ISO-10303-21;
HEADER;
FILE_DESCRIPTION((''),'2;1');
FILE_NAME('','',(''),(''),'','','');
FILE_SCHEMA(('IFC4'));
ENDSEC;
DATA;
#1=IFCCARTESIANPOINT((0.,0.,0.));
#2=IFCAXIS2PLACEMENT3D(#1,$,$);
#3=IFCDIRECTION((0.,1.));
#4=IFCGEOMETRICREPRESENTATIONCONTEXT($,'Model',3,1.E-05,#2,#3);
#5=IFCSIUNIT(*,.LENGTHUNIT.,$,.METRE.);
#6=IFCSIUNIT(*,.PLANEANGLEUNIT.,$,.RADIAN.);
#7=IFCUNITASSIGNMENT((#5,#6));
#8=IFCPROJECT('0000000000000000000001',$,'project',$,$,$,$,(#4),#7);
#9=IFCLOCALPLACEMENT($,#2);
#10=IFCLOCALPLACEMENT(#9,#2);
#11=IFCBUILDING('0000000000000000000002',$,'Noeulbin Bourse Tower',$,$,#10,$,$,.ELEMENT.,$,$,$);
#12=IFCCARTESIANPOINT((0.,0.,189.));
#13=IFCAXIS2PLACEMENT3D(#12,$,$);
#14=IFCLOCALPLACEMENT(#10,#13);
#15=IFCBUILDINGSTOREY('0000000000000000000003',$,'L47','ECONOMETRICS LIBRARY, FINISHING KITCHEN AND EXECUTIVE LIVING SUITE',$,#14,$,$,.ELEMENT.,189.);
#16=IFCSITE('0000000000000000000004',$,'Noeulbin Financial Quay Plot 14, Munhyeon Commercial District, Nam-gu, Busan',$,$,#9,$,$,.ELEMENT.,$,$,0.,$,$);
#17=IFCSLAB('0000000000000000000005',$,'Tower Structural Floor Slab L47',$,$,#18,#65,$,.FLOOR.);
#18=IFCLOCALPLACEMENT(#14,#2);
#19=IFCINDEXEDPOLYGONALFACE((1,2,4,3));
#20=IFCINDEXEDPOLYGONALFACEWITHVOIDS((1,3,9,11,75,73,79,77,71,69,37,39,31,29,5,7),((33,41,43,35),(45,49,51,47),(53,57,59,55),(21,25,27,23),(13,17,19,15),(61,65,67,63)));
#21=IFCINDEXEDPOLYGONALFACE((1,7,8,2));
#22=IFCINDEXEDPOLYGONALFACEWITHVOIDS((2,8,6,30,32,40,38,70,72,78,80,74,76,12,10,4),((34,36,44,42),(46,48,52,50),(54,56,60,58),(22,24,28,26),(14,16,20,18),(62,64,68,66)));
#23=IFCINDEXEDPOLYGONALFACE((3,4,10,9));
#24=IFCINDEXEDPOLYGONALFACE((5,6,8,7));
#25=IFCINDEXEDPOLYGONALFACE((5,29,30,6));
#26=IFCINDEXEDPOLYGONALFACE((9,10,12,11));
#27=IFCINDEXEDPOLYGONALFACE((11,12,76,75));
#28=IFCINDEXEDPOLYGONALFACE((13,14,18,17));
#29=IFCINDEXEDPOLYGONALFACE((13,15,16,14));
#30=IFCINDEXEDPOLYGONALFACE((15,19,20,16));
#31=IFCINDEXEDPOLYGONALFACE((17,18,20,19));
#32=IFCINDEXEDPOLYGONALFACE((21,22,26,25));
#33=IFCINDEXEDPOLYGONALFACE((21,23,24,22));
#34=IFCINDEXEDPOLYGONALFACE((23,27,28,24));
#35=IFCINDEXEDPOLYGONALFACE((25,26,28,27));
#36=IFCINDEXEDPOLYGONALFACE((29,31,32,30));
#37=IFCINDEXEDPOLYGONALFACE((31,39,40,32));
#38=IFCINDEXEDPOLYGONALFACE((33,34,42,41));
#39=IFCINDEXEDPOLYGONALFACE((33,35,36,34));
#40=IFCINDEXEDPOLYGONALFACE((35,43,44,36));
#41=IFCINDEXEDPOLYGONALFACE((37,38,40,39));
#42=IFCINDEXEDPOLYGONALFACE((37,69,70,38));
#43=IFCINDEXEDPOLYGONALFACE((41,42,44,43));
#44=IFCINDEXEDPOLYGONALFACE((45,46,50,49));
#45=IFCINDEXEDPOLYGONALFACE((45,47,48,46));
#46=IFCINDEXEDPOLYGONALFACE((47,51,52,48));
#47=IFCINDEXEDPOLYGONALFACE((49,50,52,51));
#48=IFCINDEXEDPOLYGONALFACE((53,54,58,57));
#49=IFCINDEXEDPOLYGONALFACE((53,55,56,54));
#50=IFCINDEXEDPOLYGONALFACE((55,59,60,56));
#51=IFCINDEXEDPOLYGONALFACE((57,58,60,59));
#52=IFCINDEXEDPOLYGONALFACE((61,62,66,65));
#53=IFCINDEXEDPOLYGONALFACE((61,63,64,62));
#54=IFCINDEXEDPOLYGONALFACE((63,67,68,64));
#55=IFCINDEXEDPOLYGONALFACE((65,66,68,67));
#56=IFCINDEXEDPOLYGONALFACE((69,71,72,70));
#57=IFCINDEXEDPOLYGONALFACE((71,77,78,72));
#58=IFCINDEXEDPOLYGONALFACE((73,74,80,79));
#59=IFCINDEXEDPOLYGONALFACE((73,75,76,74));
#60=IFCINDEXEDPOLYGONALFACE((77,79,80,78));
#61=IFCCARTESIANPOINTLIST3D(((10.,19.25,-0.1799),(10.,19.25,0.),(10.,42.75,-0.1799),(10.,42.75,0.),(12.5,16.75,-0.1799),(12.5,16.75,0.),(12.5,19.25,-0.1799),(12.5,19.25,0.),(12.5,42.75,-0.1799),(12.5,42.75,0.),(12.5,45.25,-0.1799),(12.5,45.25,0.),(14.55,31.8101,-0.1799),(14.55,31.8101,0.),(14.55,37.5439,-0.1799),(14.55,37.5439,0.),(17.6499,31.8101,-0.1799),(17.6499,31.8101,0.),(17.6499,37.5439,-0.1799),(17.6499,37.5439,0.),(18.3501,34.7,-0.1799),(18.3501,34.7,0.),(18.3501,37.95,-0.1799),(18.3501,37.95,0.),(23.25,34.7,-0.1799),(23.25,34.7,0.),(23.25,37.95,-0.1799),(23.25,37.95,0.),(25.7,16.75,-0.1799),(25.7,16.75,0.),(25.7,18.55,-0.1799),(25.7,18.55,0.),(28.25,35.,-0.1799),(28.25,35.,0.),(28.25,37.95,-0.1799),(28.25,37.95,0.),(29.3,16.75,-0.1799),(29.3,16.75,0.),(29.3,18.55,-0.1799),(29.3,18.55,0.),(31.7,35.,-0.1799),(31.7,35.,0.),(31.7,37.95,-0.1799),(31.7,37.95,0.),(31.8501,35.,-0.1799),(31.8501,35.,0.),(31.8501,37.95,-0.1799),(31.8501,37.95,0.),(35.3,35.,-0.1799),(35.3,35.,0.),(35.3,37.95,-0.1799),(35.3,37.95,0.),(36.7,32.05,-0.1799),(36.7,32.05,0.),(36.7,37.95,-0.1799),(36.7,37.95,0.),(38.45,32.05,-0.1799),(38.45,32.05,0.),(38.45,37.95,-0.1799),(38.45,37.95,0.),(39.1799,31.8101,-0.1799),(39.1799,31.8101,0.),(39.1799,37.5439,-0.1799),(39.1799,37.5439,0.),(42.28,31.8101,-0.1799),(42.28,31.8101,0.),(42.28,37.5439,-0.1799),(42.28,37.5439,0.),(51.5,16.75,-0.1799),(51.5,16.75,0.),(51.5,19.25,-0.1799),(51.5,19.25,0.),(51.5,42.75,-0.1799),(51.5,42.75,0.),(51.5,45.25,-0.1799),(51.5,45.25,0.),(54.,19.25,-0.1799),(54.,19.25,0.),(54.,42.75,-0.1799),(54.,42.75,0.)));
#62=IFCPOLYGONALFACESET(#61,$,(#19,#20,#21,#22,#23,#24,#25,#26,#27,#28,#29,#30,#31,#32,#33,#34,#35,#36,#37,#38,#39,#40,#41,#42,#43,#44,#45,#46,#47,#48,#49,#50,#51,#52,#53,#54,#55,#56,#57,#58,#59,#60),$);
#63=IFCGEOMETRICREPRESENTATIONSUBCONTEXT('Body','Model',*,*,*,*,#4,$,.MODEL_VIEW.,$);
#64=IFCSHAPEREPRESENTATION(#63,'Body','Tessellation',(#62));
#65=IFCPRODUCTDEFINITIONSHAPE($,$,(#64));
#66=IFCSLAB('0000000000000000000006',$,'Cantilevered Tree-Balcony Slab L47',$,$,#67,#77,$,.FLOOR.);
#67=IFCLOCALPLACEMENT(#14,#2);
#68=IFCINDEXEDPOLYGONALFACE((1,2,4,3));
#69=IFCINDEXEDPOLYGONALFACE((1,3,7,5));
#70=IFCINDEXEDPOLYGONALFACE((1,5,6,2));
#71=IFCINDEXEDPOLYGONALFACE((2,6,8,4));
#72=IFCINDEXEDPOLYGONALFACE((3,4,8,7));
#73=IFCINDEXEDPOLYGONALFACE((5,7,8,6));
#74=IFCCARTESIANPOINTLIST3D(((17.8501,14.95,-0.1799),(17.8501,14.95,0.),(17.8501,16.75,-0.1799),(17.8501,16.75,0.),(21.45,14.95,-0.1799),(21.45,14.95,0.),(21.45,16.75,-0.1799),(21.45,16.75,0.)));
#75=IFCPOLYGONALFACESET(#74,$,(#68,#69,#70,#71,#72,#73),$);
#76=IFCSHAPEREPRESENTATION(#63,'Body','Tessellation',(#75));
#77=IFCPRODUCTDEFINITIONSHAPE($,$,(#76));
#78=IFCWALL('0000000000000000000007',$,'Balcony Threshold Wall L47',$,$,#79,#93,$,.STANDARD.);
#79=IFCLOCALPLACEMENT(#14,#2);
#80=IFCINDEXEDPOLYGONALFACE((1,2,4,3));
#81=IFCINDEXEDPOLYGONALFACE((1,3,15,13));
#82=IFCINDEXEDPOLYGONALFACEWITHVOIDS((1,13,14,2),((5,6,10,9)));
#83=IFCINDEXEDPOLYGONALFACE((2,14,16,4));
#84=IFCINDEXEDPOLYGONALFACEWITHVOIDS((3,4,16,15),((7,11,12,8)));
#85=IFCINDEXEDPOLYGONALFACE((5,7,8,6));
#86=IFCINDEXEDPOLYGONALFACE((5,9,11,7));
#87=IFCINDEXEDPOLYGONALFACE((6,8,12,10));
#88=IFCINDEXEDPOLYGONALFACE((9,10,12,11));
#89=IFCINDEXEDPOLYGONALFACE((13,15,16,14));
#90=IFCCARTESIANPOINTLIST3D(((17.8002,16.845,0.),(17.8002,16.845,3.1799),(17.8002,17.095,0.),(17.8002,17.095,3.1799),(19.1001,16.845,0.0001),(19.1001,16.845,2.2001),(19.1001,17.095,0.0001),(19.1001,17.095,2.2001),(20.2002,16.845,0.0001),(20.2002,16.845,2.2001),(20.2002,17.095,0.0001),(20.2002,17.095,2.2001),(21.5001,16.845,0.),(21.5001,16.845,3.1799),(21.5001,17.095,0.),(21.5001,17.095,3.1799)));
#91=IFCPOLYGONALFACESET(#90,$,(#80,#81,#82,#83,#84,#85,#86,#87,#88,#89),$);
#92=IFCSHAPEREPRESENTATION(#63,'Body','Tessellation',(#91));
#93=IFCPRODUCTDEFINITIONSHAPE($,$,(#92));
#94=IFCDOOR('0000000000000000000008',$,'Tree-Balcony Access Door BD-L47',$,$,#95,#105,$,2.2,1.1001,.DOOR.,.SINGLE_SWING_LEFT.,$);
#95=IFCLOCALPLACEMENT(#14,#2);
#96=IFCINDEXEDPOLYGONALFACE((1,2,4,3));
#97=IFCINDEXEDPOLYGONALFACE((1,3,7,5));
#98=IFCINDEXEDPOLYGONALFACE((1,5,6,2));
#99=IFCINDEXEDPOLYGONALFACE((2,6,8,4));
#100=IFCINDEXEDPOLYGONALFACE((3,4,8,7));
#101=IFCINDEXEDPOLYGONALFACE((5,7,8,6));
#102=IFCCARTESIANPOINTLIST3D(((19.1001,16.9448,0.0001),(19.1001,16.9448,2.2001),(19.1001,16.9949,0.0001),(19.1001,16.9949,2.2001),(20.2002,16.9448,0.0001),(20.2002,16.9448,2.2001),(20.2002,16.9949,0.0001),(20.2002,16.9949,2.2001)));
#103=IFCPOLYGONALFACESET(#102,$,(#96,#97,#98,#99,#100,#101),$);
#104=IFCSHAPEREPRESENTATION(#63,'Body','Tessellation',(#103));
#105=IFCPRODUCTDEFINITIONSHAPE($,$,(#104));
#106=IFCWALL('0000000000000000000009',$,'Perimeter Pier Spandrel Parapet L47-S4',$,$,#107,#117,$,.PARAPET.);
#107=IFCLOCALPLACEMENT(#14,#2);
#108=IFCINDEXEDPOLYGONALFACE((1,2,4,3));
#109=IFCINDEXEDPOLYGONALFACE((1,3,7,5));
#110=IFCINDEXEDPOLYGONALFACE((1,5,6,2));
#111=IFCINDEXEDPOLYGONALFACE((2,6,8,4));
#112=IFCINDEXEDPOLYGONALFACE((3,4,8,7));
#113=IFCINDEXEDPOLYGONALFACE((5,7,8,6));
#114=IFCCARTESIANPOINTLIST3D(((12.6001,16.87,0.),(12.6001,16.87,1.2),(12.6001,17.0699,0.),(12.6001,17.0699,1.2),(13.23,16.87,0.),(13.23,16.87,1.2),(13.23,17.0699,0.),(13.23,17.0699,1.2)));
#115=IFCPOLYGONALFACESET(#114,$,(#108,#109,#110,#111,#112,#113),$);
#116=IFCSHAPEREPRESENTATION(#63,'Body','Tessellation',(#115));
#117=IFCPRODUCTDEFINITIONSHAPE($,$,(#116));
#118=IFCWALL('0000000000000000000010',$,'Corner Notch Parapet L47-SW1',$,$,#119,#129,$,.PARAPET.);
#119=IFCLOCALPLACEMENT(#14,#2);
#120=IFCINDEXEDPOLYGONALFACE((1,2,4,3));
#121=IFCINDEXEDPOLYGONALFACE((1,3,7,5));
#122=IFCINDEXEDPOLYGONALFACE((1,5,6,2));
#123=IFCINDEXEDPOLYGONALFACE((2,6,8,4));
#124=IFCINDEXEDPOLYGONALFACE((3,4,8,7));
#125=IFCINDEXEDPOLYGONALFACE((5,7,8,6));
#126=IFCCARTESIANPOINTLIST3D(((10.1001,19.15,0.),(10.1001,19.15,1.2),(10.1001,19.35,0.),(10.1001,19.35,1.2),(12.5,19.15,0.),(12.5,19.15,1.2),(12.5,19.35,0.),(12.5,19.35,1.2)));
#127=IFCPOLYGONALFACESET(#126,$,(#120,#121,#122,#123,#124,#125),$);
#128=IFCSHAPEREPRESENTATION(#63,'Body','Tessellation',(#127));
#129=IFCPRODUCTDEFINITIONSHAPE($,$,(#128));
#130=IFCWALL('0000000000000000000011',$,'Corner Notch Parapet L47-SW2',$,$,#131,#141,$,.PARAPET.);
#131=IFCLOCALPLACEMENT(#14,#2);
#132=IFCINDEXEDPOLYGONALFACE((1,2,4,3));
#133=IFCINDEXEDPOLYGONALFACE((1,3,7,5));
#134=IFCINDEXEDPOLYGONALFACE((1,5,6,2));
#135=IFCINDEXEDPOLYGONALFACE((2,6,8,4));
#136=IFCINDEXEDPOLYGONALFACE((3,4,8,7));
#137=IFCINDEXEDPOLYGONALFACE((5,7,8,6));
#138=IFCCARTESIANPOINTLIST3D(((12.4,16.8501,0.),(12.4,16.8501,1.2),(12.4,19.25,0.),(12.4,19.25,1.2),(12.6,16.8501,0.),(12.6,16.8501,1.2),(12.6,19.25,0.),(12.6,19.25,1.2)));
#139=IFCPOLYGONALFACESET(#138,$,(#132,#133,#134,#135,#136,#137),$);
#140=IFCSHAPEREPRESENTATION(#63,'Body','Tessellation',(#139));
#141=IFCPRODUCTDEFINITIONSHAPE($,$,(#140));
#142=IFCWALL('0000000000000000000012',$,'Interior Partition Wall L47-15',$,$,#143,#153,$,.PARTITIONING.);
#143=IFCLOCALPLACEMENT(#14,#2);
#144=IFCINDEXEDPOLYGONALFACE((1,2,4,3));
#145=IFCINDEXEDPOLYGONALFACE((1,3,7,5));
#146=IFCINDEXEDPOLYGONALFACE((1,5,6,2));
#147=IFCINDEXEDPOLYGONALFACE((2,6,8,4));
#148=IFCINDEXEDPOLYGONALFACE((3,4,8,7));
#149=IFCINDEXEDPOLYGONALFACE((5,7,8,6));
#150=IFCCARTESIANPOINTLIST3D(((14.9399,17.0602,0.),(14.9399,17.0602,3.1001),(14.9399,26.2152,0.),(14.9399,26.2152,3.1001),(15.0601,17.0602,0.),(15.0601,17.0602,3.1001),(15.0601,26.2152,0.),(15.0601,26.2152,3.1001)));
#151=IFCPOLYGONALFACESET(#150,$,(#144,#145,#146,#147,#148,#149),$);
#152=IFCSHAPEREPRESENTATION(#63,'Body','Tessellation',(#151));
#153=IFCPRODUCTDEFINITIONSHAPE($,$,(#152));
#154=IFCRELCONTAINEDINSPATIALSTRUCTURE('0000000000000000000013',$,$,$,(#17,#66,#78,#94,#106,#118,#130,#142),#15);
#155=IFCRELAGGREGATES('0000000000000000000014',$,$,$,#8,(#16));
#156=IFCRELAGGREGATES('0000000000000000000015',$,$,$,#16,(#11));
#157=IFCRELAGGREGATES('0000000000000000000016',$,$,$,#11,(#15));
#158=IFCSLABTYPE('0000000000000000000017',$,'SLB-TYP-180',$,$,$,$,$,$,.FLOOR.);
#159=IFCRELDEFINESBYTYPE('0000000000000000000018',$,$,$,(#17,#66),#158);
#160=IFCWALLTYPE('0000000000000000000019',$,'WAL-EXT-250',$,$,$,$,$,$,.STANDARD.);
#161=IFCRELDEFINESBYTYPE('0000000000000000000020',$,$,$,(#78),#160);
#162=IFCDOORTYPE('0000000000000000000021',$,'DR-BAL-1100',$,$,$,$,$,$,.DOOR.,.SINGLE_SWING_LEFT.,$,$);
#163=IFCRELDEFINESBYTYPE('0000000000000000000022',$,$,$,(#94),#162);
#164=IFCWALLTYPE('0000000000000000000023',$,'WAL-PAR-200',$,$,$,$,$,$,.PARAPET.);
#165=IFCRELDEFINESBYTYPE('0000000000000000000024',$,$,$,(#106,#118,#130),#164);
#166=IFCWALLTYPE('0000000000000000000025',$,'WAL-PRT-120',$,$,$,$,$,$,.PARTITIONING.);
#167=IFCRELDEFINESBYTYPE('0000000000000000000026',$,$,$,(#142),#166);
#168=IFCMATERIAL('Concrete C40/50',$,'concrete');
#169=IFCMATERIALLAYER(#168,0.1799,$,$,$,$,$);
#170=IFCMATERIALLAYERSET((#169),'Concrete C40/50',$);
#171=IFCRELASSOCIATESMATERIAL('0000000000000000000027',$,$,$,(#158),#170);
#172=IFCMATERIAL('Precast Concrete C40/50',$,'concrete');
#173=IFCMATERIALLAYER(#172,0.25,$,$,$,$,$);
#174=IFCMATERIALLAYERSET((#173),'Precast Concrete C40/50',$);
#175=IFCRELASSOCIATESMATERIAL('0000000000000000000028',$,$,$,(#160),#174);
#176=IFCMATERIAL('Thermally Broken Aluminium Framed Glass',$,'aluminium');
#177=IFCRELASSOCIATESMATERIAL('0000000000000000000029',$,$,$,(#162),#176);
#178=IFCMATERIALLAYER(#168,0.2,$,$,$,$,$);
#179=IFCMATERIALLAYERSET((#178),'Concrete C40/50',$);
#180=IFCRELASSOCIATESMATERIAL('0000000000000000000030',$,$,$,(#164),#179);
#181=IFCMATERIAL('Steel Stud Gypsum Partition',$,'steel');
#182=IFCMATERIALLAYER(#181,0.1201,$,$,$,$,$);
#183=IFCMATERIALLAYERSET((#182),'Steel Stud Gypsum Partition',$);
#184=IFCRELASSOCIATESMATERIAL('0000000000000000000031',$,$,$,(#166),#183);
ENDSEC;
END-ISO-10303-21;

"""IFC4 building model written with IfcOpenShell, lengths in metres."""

from ifc_helpers import new_model, si_unit, direction, frame, frame_2d, origin, place, context, subcontext, project, spatial, polyline, rectangle, outline, extrude, material, layer, layer_set, type_object, element, fill, save


model = new_model("IFC4")

# Units and contexts
model_context = context("Model", 3, precision=1e-05, world=origin(), true_north=direction((0.0, 1.0)))
body_context = subcontext(model_context, "Body", "Model", "MODEL_VIEW")
ifc_project = project(units=[si_unit("LENGTHUNIT", "METRE"), si_unit("PLANEANGLEUNIT", "RADIAN")], contexts=[model_context])

# Site, building, storey
site_placement = place(None, origin())
site = spatial("IfcSite", under=ifc_project, at=site_placement, Name="Noeulbin Financial Quay Plot 14, Munhyeon Commercial District, Nam-gu, Busan", CompositionType="ELEMENT", RefElevation=0.0)
building_placement = place(site_placement, origin())
building = spatial("IfcBuilding", under=site, at=building_placement, Name="Noeulbin Bourse Tower", CompositionType="ELEMENT")
storey_placement = place(building_placement, frame((0.0, 0.0, 189.0)))
storey = spatial("IfcBuildingStorey", under=building, at=storey_placement, Name="L47", Description="ECONOMETRICS LIBRARY, FINISHING KITCHEN AND EXECUTIVE LIVING SUITE", CompositionType="ELEMENT", Elevation=189.0)

# Shared definitions
ifc_material_1 = material(Name="Concrete C40/50", Category="concrete")

# Slab, openings
ifc_layer_1 = layer(ifc_material_1, 0.1799)
ifc_layer_set_1 = layer_set([ifc_layer_1], Name="Concrete C40/50")
slab_type_1 = type_object("IfcSlabType", Name="SLB-TYP-180", PredefinedType="FLOOR", material=ifc_layer_set_1)
slab_1_placement = place(storey_placement, frame((0.0, 0.0, -0.1799)))
slab_1 = element("IfcSlab", 1, at=slab_1_placement, inside=storey, type_object=slab_type_1, Name="Tower Structural Floor Slab L47", PredefinedType="FLOOR", context=body_context, shape_type="SweptSolid", body=[
    extrude(outline(polyline([(12.5, 16.75), (25.7, 16.75), (25.7, 18.55), (29.3, 18.55), (29.3, 16.75), (51.5, 16.75), (51.5, 19.25), (54.0, 19.25), (54.0, 42.75), (51.5, 42.75), (51.5, 45.25), (12.5, 45.25), (12.5, 42.75), (10.0, 42.75), (10.0, 19.25), (12.5, 19.25), (12.5, 16.75)]), holes=[polyline([(17.6499, 31.8101), (17.6499, 37.5439), (14.55, 37.5439), (14.55, 31.8101), (17.6499, 31.8101)]), polyline([(42.28, 31.8101), (42.28, 37.5439), (39.1799, 37.5439), (39.1799, 31.8101), (42.28, 31.8101)]), polyline([(18.3501, 34.7), (23.25, 34.7), (23.25, 37.95), (18.3501, 37.95), (18.3501, 34.7)]), polyline([(36.7, 32.05), (38.45, 32.05), (38.45, 37.95), (36.7, 37.95), (36.7, 32.05)]), polyline([(28.25, 35.0), (31.7, 35.0), (31.7, 37.95), (28.25, 37.95), (28.25, 35.0)]), polyline([(31.8501, 35.0), (35.3, 35.0), (35.3, 37.95), (31.8501, 37.95), (31.8501, 35.0)])]), origin(), (0.0, 0.0, 1.0), 0.1799),
])
opening_1_placement = place(slab_1_placement, frame((0.0, 0.0, -0.01)))
element("IfcOpeningElement", 2, at=opening_1_placement, cuts=slab_1, PredefinedType="OPENING", context=body_context, shape_type="SweptSolid", body=[
    extrude(outline(polyline([(17.6499, 31.8101), (17.6499, 37.5439), (14.55, 37.5439), (14.55, 31.8101), (17.6499, 31.8101)])), origin(), (0.0, 0.0, 1.0), 0.2),
])
opening_2_placement = place(slab_1_placement, frame((0.0, 0.0, -0.01)))
element("IfcOpeningElement", 3, at=opening_2_placement, cuts=slab_1, PredefinedType="OPENING", context=body_context, shape_type="SweptSolid", body=[
    extrude(outline(polyline([(42.28, 31.8101), (42.28, 37.5439), (39.1799, 37.5439), (39.1799, 31.8101), (42.28, 31.8101)])), origin(), (0.0, 0.0, 1.0), 0.2),
])
opening_3_placement = place(slab_1_placement, frame((0.0, 0.0, -0.01)))
element("IfcOpeningElement", 4, at=opening_3_placement, cuts=slab_1, PredefinedType="OPENING", context=body_context, shape_type="SweptSolid", body=[
    extrude(outline(polyline([(18.3501, 34.7), (23.25, 34.7), (23.25, 37.95), (18.3501, 37.95), (18.3501, 34.7)])), origin(), (0.0, 0.0, 1.0), 0.2),
])
opening_4_placement = place(slab_1_placement, frame((0.0, 0.0, -0.01)))
element("IfcOpeningElement", 5, at=opening_4_placement, cuts=slab_1, PredefinedType="OPENING", context=body_context, shape_type="SweptSolid", body=[
    extrude(outline(polyline([(36.7, 32.05), (38.45, 32.05), (38.45, 37.95), (36.7, 37.95), (36.7, 32.05)])), origin(), (0.0, 0.0, 1.0), 0.2),
])
opening_5_placement = place(slab_1_placement, frame((0.0, 0.0, -0.01)))
element("IfcOpeningElement", 6, at=opening_5_placement, cuts=slab_1, PredefinedType="OPENING", context=body_context, shape_type="SweptSolid", body=[
    extrude(outline(polyline([(28.25, 35.0), (31.7, 35.0), (31.7, 37.95), (28.25, 37.95), (28.25, 35.0)])), origin(), (0.0, 0.0, 1.0), 0.2),
])
opening_6_placement = place(slab_1_placement, frame((0.0, 0.0, -0.01)))
element("IfcOpeningElement", 7, at=opening_6_placement, cuts=slab_1, PredefinedType="OPENING", context=body_context, shape_type="SweptSolid", body=[
    extrude(outline(polyline([(31.8501, 35.0), (35.3, 35.0), (35.3, 37.95), (31.8501, 37.95), (31.8501, 35.0)])), origin(), (0.0, 0.0, 1.0), 0.2),
])

# Slab
slab_2_placement = place(storey_placement, frame((0.0, 0.0, -0.1799)))
element("IfcSlab", 8, at=slab_2_placement, inside=storey, type_object=slab_type_1, Name="Cantilevered Tree-Balcony Slab L47", PredefinedType="FLOOR", context=body_context, shape_type="SweptSolid", body=[
    extrude(outline(polyline([(17.8501, 14.95), (21.45, 14.95), (21.45, 16.75), (17.8501, 16.75), (17.8501, 14.95)])), origin(), (0.0, 0.0, 1.0), 0.1799),
])

# Wall, opening, door
ifc_material_2 = material(Name="Precast Concrete C40/50", Category="concrete")
ifc_layer_2 = layer(ifc_material_2, 0.25)
ifc_layer_set_2 = layer_set([ifc_layer_2], Name="Precast Concrete C40/50")
wall_type_1 = type_object("IfcWallType", Name="WAL-EXT-250", PredefinedType="STANDARD", material=ifc_layer_set_2)
wall_1_placement = place(storey_placement, frame((17.8, 16.97, 0.0), z_axis=(0.0, 0.0, 1.0), x_axis=(1.0, 0.0, 0.0)))
wall_1 = element("IfcWall", 9, at=wall_1_placement, inside=storey, type_object=wall_type_1, Name="Balcony Threshold Wall L47", PredefinedType="STANDARD", context=body_context, shape_type="SweptSolid", body=[
    extrude(rectangle(XDim=3.7, YDim=0.25, at=frame_2d((1.8501, 0.0))), origin(), (0.0, 0.0, 1.0), 3.1799),
])
opening_7_placement = place(wall_1_placement, frame((1.3, 0.0, 0.0)))
opening_7 = element("IfcOpeningElement", 10, at=opening_7_placement, cuts=wall_1, PredefinedType="OPENING", context=body_context, shape_type="SweptSolid", body=[
    extrude(rectangle(XDim=1.1001, YDim=2.2, at=frame_2d((0.55, 1.1001))), frame((0.0, 0.135, 0.0), z_axis=(0.0, -1.0, 0.0), x_axis=(1.0, 0.0, 0.0)), (0.0, 0.0, 1.0), 0.27),
])
ifc_material_3 = material(Name="Thermally Broken Aluminium Framed Glass", Category="aluminium")
door_type = type_object("IfcDoorType", Name="DR-BAL-1100", OperationType="SINGLE_SWING_LEFT", PredefinedType="DOOR", material=ifc_material_3)
door_placement = place(opening_7_placement, origin())
door = element("IfcDoor", 11, at=door_placement, inside=storey, type_object=door_type, Name="Tree-Balcony Access Door BD-L47", OperationType="SINGLE_SWING_LEFT", OverallHeight=2.2, OverallWidth=1.1001, PredefinedType="DOOR", context=body_context, shape_type="SweptSolid", body=[
    extrude(rectangle(XDim=1.1001, YDim=2.2, at=frame_2d((0.55, 1.1001))), frame((0.0, 0.0249, 0.0), z_axis=(0.0, -1.0, 0.0), x_axis=(1.0, 0.0, 0.0)), (0.0, 0.0, 1.0), 0.05),
])
fill(opening_7, door)

# Walls
ifc_layer_3 = layer(ifc_material_1, 0.2)
ifc_layer_set_3 = layer_set([ifc_layer_3], Name="Concrete C40/50")
wall_type_2 = type_object("IfcWallType", Name="WAL-PAR-200", PredefinedType="PARAPET", material=ifc_layer_set_3)
wall_2_placement = place(storey_placement, frame((12.6001, 16.97, 0.0), z_axis=(0.0, 0.0, 1.0), x_axis=(1.0, 0.0, 0.0)))
element("IfcWall", 12, at=wall_2_placement, inside=storey, type_object=wall_type_2, Name="Perimeter Pier Spandrel Parapet L47-S4", PredefinedType="PARAPET", context=body_context, shape_type="SweptSolid", body=[
    extrude(rectangle(XDim=0.6299, YDim=0.2, at=frame_2d((0.3149, 0.0))), origin(), (0.0, 0.0, 1.0), 1.2),
])
for number, where, z_axis, x_axis, name in (
    (13, (10.1001, 19.25, 0.0), (0.0, 0.0, 1.0), (1.0, 0.0, 0.0), "Corner Notch Parapet L47-SW1"),
    (14, (12.5, 19.25, 0.0), (0.0, 0.0, 1.0), (0.0, -1.0, 0.0), "Corner Notch Parapet L47-SW2"),
):
    element("IfcWall", number, at=place(storey_placement, frame(where, z_axis=z_axis, x_axis=x_axis)), inside=storey, type_object=wall_type_2, Name=name, PredefinedType="PARAPET", context=body_context, shape_type="SweptSolid", body=[
        extrude(rectangle(XDim=2.3999, YDim=0.2, at=frame_2d((1.2, 0.0))), origin(), (0.0, 0.0, 1.0), 1.2),
    ])
ifc_material_4 = material(Name="Steel Stud Gypsum Partition", Category="steel")
ifc_layer_4 = layer(ifc_material_4, 0.1201)
ifc_layer_set_4 = layer_set([ifc_layer_4], Name="Steel Stud Gypsum Partition")
wall_type_3 = type_object("IfcWallType", Name="WAL-PRT-120", PredefinedType="PARTITIONING", material=ifc_layer_set_4)
wall_3_placement = place(storey_placement, frame((15.0, 17.0601, 0.0), z_axis=(0.0, 0.0, 1.0), x_axis=(0.0, 1.0, 0.0)))
element("IfcWall", 15, at=wall_3_placement, inside=storey, type_object=wall_type_3, Name="Interior Partition Wall L47-15", PredefinedType="PARTITIONING", context=body_context, shape_type="SweptSolid", body=[
    extrude(rectangle(XDim=9.155, YDim=0.1201, at=frame_2d((4.5776, 0.0))), origin(), (0.0, 0.0, 1.0), 3.1001),
])

save(model, "model.ifc")
